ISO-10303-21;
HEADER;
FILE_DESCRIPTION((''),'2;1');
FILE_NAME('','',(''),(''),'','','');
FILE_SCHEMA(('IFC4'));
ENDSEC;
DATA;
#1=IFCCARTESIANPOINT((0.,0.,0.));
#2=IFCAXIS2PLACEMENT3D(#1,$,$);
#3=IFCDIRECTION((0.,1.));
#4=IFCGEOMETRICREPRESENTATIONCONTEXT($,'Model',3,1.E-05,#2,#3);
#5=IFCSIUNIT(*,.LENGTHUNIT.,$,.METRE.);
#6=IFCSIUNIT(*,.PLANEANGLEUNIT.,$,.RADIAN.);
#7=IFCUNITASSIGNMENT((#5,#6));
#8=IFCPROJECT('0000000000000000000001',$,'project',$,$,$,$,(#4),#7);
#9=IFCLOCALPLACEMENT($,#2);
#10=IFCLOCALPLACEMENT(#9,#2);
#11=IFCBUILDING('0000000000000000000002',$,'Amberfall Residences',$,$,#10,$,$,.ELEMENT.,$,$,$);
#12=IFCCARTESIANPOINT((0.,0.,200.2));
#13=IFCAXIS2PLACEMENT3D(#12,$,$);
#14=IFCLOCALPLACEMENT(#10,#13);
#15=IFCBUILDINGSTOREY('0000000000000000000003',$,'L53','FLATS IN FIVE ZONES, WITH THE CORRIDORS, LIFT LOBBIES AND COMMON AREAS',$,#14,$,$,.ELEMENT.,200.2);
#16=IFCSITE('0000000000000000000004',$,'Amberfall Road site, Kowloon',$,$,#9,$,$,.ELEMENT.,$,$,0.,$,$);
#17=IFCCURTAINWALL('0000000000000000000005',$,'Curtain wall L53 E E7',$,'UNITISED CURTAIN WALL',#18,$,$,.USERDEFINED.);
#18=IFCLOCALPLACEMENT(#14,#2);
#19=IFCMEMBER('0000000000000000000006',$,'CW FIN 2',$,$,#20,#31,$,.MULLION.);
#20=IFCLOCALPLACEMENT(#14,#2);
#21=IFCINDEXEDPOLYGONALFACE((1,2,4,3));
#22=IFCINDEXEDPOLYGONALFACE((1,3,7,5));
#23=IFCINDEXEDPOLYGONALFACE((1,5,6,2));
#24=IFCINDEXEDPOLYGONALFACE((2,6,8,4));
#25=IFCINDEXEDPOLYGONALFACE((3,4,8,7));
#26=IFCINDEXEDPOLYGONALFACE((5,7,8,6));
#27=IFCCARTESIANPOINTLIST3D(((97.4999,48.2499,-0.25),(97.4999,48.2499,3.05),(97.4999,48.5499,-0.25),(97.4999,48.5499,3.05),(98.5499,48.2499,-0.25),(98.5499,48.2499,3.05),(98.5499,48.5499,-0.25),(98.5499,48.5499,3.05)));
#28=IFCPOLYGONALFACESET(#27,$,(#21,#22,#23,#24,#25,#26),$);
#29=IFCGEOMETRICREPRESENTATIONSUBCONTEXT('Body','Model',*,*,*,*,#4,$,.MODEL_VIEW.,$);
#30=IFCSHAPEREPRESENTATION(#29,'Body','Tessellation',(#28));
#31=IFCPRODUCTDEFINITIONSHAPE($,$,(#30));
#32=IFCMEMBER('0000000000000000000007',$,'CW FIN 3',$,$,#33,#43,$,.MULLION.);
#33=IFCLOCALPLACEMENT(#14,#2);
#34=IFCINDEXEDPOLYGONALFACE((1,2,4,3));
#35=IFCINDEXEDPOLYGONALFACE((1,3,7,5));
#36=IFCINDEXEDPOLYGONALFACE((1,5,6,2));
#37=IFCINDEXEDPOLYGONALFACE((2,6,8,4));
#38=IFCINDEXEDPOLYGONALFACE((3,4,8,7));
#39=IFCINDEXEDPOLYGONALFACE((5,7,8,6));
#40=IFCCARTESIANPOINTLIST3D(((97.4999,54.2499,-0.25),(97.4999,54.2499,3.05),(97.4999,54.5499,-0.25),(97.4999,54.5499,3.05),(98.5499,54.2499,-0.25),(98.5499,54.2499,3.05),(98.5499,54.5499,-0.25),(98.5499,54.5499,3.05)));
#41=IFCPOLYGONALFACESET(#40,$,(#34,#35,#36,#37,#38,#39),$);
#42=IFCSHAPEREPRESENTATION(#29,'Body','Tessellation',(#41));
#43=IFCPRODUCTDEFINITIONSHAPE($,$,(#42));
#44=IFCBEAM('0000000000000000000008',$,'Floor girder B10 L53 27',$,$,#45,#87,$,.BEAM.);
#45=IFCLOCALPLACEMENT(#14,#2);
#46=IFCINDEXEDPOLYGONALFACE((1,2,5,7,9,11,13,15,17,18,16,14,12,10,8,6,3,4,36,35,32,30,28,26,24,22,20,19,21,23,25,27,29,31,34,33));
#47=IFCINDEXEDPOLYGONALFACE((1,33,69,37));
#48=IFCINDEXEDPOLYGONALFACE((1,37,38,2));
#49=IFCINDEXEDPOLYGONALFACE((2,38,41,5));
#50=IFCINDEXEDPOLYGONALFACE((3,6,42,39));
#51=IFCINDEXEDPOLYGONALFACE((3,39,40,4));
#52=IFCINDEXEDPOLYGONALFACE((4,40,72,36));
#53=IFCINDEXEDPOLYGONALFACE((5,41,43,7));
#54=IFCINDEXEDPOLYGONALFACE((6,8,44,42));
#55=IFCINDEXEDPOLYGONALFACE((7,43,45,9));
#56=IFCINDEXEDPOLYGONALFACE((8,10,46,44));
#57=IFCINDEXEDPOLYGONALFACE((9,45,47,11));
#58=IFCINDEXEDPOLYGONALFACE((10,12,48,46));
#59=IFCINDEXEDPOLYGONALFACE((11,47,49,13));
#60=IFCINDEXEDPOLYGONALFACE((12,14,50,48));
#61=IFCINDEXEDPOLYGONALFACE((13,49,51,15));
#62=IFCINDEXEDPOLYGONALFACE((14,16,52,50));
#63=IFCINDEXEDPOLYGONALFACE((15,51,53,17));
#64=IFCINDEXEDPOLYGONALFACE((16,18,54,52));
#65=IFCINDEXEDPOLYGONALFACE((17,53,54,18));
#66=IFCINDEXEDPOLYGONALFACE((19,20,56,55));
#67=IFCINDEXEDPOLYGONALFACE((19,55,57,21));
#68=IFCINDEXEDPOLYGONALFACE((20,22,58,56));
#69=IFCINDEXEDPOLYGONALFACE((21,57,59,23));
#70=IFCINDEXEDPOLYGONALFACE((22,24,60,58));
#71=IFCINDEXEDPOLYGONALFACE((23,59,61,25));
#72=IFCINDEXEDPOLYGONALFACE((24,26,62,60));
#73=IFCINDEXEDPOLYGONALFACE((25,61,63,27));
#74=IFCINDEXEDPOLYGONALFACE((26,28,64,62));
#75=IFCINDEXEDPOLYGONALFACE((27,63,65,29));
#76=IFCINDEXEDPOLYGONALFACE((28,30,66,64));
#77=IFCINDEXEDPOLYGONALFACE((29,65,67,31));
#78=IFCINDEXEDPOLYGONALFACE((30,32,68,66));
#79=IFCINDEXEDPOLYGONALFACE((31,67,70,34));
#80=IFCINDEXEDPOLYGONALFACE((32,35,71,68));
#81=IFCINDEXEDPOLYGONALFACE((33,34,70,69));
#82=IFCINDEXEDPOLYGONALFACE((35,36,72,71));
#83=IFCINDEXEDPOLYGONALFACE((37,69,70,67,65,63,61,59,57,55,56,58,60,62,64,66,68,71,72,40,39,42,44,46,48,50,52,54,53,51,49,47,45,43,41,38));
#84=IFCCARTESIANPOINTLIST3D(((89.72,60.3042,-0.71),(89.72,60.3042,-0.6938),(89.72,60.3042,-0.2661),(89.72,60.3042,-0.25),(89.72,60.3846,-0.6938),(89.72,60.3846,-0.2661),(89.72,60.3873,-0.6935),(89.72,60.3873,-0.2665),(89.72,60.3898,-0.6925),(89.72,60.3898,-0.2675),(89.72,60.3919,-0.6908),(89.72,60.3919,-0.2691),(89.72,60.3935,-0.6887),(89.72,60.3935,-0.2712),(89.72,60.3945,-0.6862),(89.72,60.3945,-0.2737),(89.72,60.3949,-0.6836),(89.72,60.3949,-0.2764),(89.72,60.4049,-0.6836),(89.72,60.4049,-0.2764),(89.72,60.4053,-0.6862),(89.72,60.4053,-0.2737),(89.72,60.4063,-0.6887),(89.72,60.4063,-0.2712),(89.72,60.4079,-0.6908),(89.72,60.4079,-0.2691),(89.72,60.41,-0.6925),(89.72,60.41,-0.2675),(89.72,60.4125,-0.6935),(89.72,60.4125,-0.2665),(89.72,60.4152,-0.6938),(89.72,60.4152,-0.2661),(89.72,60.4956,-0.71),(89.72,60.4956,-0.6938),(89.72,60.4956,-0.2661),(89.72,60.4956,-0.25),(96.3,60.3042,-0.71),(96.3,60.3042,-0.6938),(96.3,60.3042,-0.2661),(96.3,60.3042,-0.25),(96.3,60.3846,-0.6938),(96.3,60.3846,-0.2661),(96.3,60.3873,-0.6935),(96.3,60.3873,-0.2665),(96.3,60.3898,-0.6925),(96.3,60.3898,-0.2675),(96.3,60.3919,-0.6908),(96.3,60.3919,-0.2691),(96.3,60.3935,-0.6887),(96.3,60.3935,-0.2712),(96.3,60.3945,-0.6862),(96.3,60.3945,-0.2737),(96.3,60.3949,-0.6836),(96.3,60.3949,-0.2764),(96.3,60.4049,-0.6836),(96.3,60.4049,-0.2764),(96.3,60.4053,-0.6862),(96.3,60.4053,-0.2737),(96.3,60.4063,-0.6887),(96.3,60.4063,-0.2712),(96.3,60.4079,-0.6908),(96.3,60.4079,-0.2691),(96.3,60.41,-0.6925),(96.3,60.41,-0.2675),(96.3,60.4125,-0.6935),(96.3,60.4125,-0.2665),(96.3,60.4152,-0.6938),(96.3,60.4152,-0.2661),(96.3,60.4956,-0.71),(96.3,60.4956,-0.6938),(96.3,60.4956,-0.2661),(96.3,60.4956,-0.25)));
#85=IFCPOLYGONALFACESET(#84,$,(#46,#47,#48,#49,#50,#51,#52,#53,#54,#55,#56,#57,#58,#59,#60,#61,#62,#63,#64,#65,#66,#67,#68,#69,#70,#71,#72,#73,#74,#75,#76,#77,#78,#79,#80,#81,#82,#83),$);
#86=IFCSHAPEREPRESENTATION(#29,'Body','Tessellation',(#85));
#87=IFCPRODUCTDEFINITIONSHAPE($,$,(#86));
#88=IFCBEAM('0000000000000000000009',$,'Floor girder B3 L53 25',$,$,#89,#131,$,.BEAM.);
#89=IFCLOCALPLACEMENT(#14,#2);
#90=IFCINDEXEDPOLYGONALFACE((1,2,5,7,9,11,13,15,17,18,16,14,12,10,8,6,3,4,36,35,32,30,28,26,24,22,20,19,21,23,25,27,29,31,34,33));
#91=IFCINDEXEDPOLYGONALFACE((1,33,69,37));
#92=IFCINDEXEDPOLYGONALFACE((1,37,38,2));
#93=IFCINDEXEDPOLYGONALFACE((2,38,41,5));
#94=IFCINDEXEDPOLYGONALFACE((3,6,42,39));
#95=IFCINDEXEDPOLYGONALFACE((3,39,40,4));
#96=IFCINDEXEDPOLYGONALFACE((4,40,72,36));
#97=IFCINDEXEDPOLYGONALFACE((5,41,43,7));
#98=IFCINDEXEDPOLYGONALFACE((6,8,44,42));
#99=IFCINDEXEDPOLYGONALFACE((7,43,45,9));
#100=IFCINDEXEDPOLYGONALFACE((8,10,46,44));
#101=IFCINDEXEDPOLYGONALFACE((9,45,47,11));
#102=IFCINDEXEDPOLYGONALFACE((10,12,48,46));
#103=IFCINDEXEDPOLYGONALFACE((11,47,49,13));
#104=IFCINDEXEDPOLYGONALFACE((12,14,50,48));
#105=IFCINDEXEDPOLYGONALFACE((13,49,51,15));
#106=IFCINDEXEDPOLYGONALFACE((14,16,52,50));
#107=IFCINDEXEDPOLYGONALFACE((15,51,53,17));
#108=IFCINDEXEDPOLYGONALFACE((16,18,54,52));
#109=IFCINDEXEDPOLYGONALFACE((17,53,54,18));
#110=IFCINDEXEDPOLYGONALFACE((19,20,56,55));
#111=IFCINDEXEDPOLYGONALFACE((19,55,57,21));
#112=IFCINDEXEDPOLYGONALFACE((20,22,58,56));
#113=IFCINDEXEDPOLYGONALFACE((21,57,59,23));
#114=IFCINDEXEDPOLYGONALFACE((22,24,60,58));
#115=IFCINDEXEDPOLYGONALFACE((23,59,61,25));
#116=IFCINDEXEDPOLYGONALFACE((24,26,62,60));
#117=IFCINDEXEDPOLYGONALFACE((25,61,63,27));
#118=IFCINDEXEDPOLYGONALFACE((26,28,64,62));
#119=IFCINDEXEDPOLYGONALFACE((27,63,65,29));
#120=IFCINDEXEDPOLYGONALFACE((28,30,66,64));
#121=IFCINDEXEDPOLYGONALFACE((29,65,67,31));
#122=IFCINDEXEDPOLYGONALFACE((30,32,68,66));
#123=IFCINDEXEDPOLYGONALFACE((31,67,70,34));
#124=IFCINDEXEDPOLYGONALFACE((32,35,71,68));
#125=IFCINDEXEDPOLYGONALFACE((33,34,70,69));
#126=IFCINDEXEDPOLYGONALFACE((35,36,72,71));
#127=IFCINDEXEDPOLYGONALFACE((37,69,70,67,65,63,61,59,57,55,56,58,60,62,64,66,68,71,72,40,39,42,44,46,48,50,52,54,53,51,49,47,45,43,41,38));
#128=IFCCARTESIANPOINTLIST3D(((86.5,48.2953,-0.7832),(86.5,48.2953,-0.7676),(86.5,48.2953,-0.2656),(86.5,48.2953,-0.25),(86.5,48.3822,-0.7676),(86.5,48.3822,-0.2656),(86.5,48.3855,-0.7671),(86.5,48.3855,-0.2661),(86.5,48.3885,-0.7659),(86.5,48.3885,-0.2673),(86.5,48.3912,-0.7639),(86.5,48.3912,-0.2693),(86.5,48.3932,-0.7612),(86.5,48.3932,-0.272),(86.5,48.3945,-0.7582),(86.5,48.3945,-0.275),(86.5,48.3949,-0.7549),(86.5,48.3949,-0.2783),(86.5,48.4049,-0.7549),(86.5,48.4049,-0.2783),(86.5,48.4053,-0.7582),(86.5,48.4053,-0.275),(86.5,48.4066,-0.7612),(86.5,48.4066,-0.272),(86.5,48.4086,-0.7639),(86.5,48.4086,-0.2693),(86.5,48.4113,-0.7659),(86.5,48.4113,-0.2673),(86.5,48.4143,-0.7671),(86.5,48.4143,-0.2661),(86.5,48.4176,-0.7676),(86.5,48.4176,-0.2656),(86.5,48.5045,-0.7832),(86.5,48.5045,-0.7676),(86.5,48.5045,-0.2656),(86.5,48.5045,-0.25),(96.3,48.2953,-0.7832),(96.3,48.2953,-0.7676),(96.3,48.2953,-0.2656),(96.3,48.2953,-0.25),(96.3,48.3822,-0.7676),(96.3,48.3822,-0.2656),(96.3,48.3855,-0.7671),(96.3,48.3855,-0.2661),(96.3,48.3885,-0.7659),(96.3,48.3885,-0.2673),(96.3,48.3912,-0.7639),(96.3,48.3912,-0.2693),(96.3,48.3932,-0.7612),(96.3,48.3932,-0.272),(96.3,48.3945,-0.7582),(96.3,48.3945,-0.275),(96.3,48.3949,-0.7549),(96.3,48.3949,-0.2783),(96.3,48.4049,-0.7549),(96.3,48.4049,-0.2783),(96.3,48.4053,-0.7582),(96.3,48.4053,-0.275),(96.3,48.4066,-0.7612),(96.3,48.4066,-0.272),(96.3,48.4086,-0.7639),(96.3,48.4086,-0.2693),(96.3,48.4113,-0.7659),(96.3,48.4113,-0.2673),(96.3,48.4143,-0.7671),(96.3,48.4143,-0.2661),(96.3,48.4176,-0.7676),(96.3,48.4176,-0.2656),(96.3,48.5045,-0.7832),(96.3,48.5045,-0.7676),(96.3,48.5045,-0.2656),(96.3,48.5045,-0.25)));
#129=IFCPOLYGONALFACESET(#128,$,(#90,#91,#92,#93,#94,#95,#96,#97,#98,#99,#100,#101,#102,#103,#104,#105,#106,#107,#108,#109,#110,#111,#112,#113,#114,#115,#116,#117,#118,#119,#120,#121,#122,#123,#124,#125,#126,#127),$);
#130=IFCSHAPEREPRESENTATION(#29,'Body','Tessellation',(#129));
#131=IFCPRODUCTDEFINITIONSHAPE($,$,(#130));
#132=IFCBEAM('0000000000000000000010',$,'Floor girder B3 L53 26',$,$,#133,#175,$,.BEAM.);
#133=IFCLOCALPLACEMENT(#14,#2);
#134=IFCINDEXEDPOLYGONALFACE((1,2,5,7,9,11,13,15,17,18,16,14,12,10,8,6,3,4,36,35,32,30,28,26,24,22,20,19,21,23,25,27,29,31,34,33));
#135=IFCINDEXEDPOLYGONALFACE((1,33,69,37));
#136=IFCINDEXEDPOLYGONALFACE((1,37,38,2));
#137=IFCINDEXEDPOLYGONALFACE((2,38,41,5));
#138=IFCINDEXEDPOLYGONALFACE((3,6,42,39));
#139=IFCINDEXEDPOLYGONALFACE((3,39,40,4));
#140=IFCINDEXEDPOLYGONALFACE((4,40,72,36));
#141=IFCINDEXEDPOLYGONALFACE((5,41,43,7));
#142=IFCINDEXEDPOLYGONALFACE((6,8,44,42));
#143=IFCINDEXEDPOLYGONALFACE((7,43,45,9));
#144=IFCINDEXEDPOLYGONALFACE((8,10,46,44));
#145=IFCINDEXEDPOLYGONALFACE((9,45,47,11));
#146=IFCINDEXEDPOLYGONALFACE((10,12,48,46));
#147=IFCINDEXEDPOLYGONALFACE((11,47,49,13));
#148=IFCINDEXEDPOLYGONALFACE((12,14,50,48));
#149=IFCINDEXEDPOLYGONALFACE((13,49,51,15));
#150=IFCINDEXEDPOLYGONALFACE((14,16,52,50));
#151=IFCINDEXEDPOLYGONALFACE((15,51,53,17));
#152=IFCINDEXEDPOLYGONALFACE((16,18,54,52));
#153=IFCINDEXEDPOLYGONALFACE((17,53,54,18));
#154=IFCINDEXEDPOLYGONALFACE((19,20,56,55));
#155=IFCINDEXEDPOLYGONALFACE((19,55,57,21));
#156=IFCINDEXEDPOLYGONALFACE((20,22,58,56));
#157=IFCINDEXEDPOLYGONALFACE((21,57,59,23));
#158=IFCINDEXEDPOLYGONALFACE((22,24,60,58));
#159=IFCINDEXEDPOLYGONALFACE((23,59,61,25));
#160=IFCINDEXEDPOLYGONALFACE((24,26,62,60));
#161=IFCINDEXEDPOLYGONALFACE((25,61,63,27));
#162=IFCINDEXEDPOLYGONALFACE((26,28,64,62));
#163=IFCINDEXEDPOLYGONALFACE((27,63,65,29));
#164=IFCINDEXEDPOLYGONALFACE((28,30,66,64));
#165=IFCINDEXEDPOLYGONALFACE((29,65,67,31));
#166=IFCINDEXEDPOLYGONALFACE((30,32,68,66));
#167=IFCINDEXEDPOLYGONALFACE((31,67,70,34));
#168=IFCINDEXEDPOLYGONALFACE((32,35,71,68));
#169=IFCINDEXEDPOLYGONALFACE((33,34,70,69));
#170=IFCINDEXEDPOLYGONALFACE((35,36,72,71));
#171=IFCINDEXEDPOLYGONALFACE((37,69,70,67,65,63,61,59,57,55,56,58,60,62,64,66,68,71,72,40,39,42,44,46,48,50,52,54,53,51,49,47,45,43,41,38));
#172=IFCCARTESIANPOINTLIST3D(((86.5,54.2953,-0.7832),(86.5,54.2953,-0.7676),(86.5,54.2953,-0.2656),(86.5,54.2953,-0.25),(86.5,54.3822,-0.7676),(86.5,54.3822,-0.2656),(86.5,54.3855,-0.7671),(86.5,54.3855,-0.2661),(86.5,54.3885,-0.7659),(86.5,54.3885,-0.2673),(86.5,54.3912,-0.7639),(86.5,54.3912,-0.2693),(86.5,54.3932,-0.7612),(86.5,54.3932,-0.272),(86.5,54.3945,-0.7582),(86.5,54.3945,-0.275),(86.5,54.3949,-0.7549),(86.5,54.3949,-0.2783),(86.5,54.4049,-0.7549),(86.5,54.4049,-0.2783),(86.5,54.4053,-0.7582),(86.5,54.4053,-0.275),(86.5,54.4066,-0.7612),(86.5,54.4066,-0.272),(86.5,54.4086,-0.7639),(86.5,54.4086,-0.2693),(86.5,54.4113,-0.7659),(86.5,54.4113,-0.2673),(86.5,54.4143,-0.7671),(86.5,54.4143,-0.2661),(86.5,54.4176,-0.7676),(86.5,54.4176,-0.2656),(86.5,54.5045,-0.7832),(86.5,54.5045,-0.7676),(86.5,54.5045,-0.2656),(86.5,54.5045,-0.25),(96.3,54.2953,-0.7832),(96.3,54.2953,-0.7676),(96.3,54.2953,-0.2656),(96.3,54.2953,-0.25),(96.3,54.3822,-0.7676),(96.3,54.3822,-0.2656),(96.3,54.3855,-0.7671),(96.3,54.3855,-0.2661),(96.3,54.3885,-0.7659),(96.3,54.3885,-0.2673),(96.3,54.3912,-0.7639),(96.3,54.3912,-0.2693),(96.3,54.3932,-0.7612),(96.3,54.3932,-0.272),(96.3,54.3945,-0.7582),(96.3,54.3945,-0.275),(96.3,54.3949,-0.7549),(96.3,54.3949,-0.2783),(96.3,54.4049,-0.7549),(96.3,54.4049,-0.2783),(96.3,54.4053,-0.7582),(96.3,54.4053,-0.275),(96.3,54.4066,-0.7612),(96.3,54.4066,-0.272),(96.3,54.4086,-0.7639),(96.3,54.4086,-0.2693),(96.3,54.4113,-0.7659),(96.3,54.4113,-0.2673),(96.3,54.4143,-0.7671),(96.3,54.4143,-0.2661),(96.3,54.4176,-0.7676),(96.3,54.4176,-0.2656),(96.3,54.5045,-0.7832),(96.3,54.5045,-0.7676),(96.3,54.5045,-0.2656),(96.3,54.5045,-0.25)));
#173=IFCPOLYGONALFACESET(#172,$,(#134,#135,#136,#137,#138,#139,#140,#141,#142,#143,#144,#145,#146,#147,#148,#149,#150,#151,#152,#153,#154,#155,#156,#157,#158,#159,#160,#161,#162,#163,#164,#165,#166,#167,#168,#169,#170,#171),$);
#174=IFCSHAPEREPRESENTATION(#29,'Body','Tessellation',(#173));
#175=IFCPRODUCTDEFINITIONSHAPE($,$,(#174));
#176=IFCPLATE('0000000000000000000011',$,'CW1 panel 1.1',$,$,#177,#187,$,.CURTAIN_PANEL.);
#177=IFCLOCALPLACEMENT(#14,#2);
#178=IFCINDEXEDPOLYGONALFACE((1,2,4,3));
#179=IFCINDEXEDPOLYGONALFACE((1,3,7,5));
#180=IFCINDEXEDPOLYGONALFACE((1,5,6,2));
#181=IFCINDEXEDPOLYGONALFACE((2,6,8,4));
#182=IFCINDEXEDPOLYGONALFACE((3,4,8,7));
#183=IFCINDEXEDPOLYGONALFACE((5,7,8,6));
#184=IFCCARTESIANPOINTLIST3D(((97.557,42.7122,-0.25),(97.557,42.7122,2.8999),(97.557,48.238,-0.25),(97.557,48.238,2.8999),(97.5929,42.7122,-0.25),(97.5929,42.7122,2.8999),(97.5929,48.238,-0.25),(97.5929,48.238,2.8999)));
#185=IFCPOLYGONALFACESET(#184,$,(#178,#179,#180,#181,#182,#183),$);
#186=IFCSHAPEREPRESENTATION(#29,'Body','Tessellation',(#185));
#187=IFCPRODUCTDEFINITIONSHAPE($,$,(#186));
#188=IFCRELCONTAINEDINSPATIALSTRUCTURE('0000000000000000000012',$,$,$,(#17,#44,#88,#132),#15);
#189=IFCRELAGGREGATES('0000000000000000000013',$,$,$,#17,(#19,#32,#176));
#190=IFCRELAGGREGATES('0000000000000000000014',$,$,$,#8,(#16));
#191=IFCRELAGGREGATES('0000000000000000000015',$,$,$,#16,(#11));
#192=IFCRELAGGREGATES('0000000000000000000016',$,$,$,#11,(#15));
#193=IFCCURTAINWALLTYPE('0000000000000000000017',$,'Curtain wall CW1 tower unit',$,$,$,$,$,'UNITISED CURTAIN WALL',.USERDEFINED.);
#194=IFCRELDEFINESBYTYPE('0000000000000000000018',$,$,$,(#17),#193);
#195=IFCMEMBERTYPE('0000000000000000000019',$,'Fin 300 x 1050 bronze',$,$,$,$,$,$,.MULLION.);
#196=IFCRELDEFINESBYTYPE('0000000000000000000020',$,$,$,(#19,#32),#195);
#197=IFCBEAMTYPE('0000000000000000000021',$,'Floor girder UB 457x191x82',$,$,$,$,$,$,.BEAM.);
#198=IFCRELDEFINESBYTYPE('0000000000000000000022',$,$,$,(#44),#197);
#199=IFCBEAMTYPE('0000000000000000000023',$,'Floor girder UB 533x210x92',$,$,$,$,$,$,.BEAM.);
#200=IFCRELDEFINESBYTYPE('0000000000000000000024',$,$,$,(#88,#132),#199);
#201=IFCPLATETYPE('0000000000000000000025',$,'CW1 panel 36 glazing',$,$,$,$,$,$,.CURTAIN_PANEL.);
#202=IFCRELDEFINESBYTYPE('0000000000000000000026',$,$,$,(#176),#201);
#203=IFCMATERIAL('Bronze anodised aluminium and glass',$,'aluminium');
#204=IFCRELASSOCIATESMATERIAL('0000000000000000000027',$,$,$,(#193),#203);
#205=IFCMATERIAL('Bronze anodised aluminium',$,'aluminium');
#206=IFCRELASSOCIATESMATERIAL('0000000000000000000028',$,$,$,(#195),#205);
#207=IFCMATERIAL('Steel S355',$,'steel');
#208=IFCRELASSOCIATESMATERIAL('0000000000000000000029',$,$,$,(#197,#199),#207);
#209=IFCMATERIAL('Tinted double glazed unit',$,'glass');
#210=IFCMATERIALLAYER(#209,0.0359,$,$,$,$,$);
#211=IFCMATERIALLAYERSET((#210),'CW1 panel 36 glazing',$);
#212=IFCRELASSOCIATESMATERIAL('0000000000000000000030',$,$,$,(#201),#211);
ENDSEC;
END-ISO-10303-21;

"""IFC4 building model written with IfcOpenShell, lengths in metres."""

from ifc_helpers import new_model, si_unit, direction, frame, origin, origin_2d, place, context, subcontext, project, spatial, rectangle, i_section, extrude, material, layer, layer_set, material_profile, profile_set, type_object, element, aggregate, save


model = new_model("IFC4")

# Units and contexts
model_context = context("Model", 3, precision=1e-05, world=origin(), true_north=direction((0.0, 1.0)))
body_context = subcontext(model_context, "Body", "Model", "MODEL_VIEW")
ifc_project = project(units=[si_unit("LENGTHUNIT", "METRE"), si_unit("PLANEANGLEUNIT", "RADIAN")], contexts=[model_context])

# Site, building, storey
site_placement = place(None, origin())
site = spatial("IfcSite", under=ifc_project, at=site_placement, Name="Amberfall Road site, Kowloon", CompositionType="ELEMENT", RefElevation=0.0)
building_placement = place(site_placement, origin())
building = spatial("IfcBuilding", under=site, at=building_placement, Name="Amberfall Residences", CompositionType="ELEMENT")
storey_placement = place(building_placement, frame((0.0, 0.0, 200.2)))
storey = spatial("IfcBuildingStorey", under=building, at=storey_placement, Name="L53", Description="FLATS IN FIVE ZONES, WITH THE CORRIDORS, LIFT LOBBIES AND COMMON AREAS", CompositionType="ELEMENT", Elevation=200.2)

# Curtain wall
ifc_material_1 = material(Name="Bronze anodised aluminium and glass", Category="aluminium")
curtain_wall_type = type_object("IfcCurtainWallType", Name="Curtain wall CW1 tower unit", ElementType="UNITISED CURTAIN WALL", PredefinedType="USERDEFINED", material=ifc_material_1)
curtain_wall_placement = place(storey_placement, origin())
curtain_wall = element("IfcCurtainWall", 1, at=curtain_wall_placement, inside=storey, type_object=curtain_wall_type, Name="Curtain wall L53 E E7", ObjectType="UNITISED CURTAIN WALL", PredefinedType="USERDEFINED")
ifc_material_2 = material(Name="Bronze anodised aluminium", Category="aluminium")

# Shared definitions
ifc_material_3 = material(Name="Steel S355", Category="steel")

# Members
ifc_material_profile_1 = material_profile(ifc_material_2, rectangle(XDim=1.05, YDim=0.3, at=origin_2d()), Name="Fin 300 x 1050 bronze")
ifc_profile_set_1 = profile_set([ifc_material_profile_1], Name="Bronze anodised aluminium")
member_type_1 = type_object("IfcMemberType", Name="Fin 300 x 1050 bronze", PredefinedType="MULLION", material=ifc_profile_set_1)
member_1_placement = place(storey_placement, frame((98.0249, 48.3999, -0.25), z_axis=(0.0, 0.0, 1.0), x_axis=(-1.0, 0.0, 0.0)))
member_1 = element("IfcMember", 2, at=member_1_placement, type_object=member_type_1, Name="CW FIN 2", PredefinedType="MULLION", context=body_context, shape_type="SweptSolid", body=[
    extrude(rectangle(XDim=1.05, YDim=0.3, at=origin_2d()), origin(), (0.0, 0.0, 1.0), 3.3),
])
member_2_placement = place(storey_placement, frame((98.0249, 54.3999, -0.25), z_axis=(0.0, 0.0, 1.0), x_axis=(-1.0, 0.0, 0.0)))
member_2 = element("IfcMember", 3, at=member_2_placement, type_object=member_type_1, Name="CW FIN 3", PredefinedType="MULLION", context=body_context, shape_type="SweptSolid", body=[
    extrude(rectangle(XDim=1.05, YDim=0.3, at=origin_2d()), origin(), (0.0, 0.0, 1.0), 3.3),
])

# Beams
ifc_material_profile_2 = material_profile(ifc_material_3, i_section(OverallWidth=0.1914, OverallDepth=0.46, WebThickness=0.01, FlangeThickness=0.0161, FilletRadius=0.0103, at=origin_2d()), Name="UB 457x191x82")
ifc_profile_set_2 = profile_set([ifc_material_profile_2], Name="Steel S355")
beam_type_1 = type_object("IfcBeamType", Name="Floor girder UB 457x191x82", PredefinedType="BEAM", material=ifc_profile_set_2)
beam_placement = place(storey_placement, frame((96.3, 60.3999, -0.48), z_axis=(-1.0, 0.0, 0.0), x_axis=(0.0, -1.0, 0.0)))
element("IfcBeam", 4, at=beam_placement, inside=storey, type_object=beam_type_1, Name="Floor girder B10 L53 27", PredefinedType="BEAM", context=body_context, shape_type="SweptSolid", body=[
    extrude(i_section(OverallWidth=0.1914, OverallDepth=0.46, WebThickness=0.01, FlangeThickness=0.0161, FilletRadius=0.0103, at=origin_2d()), origin(), (0.0, 0.0, 1.0), 6.5801),
])
ifc_material_profile_3 = material_profile(ifc_material_3, i_section(OverallWidth=0.2092, OverallDepth=0.5332, WebThickness=0.01, FlangeThickness=0.0156, FilletRadius=0.0127, at=origin_2d()), Name="UB 533x210x92")
ifc_profile_set_3 = profile_set([ifc_material_profile_3], Name="Steel S355")
beam_type_2 = type_object("IfcBeamType", Name="Floor girder UB 533x210x92", PredefinedType="BEAM", material=ifc_profile_set_3)
for number, where, z_axis, x_axis, name in (
    (5, (96.3, 48.3999, -0.5166), (-1.0, 0.0, 0.0), (0.0, -1.0, 0.0), "Floor girder B3 L53 25"),
    (6, (96.3, 54.3999, -0.5166), (-1.0, 0.0, 0.0), (0.0, -1.0, 0.0), "Floor girder B3 L53 26"),
):
    element("IfcBeam", number, at=place(storey_placement, frame(where, z_axis=z_axis, x_axis=x_axis)), inside=storey, type_object=beam_type_2, Name=name, PredefinedType="BEAM", context=body_context, shape_type="SweptSolid", body=[
        extrude(i_section(OverallWidth=0.2092, OverallDepth=0.5332, WebThickness=0.01, FlangeThickness=0.0156, FilletRadius=0.0127, at=origin_2d()), origin(), (0.0, 0.0, 1.0), 9.8),
    ])

# Plate
ifc_material_4 = material(Name="Tinted double glazed unit", Category="glass")
ifc_layer_1 = layer(ifc_material_4, 0.0359)
ifc_layer_set_1 = layer_set([ifc_layer_1], Name="CW1 panel 36 glazing")
plate_type = type_object("IfcPlateType", Name="CW1 panel 36 glazing", PredefinedType="CURTAIN_PANEL", material=ifc_layer_set_1)
plate_1_placement = place(storey_placement, frame((97.575, 45.4751, -0.25), z_axis=(0.0, 0.0, 1.0), x_axis=(0.0, 1.0, 0.0)))
plate_1 = element("IfcPlate", 7, at=plate_1_placement, type_object=plate_type, Name="CW1 panel 1.1", PredefinedType="CURTAIN_PANEL", context=body_context, shape_type="SweptSolid", body=[
    extrude(rectangle(XDim=5.5259, YDim=0.0359, at=origin_2d()), origin(), (0.0, 0.0, 1.0), 3.1499),
])
aggregate(curtain_wall, [member_1, member_2, plate_1])

save(model, "model.ifc")
